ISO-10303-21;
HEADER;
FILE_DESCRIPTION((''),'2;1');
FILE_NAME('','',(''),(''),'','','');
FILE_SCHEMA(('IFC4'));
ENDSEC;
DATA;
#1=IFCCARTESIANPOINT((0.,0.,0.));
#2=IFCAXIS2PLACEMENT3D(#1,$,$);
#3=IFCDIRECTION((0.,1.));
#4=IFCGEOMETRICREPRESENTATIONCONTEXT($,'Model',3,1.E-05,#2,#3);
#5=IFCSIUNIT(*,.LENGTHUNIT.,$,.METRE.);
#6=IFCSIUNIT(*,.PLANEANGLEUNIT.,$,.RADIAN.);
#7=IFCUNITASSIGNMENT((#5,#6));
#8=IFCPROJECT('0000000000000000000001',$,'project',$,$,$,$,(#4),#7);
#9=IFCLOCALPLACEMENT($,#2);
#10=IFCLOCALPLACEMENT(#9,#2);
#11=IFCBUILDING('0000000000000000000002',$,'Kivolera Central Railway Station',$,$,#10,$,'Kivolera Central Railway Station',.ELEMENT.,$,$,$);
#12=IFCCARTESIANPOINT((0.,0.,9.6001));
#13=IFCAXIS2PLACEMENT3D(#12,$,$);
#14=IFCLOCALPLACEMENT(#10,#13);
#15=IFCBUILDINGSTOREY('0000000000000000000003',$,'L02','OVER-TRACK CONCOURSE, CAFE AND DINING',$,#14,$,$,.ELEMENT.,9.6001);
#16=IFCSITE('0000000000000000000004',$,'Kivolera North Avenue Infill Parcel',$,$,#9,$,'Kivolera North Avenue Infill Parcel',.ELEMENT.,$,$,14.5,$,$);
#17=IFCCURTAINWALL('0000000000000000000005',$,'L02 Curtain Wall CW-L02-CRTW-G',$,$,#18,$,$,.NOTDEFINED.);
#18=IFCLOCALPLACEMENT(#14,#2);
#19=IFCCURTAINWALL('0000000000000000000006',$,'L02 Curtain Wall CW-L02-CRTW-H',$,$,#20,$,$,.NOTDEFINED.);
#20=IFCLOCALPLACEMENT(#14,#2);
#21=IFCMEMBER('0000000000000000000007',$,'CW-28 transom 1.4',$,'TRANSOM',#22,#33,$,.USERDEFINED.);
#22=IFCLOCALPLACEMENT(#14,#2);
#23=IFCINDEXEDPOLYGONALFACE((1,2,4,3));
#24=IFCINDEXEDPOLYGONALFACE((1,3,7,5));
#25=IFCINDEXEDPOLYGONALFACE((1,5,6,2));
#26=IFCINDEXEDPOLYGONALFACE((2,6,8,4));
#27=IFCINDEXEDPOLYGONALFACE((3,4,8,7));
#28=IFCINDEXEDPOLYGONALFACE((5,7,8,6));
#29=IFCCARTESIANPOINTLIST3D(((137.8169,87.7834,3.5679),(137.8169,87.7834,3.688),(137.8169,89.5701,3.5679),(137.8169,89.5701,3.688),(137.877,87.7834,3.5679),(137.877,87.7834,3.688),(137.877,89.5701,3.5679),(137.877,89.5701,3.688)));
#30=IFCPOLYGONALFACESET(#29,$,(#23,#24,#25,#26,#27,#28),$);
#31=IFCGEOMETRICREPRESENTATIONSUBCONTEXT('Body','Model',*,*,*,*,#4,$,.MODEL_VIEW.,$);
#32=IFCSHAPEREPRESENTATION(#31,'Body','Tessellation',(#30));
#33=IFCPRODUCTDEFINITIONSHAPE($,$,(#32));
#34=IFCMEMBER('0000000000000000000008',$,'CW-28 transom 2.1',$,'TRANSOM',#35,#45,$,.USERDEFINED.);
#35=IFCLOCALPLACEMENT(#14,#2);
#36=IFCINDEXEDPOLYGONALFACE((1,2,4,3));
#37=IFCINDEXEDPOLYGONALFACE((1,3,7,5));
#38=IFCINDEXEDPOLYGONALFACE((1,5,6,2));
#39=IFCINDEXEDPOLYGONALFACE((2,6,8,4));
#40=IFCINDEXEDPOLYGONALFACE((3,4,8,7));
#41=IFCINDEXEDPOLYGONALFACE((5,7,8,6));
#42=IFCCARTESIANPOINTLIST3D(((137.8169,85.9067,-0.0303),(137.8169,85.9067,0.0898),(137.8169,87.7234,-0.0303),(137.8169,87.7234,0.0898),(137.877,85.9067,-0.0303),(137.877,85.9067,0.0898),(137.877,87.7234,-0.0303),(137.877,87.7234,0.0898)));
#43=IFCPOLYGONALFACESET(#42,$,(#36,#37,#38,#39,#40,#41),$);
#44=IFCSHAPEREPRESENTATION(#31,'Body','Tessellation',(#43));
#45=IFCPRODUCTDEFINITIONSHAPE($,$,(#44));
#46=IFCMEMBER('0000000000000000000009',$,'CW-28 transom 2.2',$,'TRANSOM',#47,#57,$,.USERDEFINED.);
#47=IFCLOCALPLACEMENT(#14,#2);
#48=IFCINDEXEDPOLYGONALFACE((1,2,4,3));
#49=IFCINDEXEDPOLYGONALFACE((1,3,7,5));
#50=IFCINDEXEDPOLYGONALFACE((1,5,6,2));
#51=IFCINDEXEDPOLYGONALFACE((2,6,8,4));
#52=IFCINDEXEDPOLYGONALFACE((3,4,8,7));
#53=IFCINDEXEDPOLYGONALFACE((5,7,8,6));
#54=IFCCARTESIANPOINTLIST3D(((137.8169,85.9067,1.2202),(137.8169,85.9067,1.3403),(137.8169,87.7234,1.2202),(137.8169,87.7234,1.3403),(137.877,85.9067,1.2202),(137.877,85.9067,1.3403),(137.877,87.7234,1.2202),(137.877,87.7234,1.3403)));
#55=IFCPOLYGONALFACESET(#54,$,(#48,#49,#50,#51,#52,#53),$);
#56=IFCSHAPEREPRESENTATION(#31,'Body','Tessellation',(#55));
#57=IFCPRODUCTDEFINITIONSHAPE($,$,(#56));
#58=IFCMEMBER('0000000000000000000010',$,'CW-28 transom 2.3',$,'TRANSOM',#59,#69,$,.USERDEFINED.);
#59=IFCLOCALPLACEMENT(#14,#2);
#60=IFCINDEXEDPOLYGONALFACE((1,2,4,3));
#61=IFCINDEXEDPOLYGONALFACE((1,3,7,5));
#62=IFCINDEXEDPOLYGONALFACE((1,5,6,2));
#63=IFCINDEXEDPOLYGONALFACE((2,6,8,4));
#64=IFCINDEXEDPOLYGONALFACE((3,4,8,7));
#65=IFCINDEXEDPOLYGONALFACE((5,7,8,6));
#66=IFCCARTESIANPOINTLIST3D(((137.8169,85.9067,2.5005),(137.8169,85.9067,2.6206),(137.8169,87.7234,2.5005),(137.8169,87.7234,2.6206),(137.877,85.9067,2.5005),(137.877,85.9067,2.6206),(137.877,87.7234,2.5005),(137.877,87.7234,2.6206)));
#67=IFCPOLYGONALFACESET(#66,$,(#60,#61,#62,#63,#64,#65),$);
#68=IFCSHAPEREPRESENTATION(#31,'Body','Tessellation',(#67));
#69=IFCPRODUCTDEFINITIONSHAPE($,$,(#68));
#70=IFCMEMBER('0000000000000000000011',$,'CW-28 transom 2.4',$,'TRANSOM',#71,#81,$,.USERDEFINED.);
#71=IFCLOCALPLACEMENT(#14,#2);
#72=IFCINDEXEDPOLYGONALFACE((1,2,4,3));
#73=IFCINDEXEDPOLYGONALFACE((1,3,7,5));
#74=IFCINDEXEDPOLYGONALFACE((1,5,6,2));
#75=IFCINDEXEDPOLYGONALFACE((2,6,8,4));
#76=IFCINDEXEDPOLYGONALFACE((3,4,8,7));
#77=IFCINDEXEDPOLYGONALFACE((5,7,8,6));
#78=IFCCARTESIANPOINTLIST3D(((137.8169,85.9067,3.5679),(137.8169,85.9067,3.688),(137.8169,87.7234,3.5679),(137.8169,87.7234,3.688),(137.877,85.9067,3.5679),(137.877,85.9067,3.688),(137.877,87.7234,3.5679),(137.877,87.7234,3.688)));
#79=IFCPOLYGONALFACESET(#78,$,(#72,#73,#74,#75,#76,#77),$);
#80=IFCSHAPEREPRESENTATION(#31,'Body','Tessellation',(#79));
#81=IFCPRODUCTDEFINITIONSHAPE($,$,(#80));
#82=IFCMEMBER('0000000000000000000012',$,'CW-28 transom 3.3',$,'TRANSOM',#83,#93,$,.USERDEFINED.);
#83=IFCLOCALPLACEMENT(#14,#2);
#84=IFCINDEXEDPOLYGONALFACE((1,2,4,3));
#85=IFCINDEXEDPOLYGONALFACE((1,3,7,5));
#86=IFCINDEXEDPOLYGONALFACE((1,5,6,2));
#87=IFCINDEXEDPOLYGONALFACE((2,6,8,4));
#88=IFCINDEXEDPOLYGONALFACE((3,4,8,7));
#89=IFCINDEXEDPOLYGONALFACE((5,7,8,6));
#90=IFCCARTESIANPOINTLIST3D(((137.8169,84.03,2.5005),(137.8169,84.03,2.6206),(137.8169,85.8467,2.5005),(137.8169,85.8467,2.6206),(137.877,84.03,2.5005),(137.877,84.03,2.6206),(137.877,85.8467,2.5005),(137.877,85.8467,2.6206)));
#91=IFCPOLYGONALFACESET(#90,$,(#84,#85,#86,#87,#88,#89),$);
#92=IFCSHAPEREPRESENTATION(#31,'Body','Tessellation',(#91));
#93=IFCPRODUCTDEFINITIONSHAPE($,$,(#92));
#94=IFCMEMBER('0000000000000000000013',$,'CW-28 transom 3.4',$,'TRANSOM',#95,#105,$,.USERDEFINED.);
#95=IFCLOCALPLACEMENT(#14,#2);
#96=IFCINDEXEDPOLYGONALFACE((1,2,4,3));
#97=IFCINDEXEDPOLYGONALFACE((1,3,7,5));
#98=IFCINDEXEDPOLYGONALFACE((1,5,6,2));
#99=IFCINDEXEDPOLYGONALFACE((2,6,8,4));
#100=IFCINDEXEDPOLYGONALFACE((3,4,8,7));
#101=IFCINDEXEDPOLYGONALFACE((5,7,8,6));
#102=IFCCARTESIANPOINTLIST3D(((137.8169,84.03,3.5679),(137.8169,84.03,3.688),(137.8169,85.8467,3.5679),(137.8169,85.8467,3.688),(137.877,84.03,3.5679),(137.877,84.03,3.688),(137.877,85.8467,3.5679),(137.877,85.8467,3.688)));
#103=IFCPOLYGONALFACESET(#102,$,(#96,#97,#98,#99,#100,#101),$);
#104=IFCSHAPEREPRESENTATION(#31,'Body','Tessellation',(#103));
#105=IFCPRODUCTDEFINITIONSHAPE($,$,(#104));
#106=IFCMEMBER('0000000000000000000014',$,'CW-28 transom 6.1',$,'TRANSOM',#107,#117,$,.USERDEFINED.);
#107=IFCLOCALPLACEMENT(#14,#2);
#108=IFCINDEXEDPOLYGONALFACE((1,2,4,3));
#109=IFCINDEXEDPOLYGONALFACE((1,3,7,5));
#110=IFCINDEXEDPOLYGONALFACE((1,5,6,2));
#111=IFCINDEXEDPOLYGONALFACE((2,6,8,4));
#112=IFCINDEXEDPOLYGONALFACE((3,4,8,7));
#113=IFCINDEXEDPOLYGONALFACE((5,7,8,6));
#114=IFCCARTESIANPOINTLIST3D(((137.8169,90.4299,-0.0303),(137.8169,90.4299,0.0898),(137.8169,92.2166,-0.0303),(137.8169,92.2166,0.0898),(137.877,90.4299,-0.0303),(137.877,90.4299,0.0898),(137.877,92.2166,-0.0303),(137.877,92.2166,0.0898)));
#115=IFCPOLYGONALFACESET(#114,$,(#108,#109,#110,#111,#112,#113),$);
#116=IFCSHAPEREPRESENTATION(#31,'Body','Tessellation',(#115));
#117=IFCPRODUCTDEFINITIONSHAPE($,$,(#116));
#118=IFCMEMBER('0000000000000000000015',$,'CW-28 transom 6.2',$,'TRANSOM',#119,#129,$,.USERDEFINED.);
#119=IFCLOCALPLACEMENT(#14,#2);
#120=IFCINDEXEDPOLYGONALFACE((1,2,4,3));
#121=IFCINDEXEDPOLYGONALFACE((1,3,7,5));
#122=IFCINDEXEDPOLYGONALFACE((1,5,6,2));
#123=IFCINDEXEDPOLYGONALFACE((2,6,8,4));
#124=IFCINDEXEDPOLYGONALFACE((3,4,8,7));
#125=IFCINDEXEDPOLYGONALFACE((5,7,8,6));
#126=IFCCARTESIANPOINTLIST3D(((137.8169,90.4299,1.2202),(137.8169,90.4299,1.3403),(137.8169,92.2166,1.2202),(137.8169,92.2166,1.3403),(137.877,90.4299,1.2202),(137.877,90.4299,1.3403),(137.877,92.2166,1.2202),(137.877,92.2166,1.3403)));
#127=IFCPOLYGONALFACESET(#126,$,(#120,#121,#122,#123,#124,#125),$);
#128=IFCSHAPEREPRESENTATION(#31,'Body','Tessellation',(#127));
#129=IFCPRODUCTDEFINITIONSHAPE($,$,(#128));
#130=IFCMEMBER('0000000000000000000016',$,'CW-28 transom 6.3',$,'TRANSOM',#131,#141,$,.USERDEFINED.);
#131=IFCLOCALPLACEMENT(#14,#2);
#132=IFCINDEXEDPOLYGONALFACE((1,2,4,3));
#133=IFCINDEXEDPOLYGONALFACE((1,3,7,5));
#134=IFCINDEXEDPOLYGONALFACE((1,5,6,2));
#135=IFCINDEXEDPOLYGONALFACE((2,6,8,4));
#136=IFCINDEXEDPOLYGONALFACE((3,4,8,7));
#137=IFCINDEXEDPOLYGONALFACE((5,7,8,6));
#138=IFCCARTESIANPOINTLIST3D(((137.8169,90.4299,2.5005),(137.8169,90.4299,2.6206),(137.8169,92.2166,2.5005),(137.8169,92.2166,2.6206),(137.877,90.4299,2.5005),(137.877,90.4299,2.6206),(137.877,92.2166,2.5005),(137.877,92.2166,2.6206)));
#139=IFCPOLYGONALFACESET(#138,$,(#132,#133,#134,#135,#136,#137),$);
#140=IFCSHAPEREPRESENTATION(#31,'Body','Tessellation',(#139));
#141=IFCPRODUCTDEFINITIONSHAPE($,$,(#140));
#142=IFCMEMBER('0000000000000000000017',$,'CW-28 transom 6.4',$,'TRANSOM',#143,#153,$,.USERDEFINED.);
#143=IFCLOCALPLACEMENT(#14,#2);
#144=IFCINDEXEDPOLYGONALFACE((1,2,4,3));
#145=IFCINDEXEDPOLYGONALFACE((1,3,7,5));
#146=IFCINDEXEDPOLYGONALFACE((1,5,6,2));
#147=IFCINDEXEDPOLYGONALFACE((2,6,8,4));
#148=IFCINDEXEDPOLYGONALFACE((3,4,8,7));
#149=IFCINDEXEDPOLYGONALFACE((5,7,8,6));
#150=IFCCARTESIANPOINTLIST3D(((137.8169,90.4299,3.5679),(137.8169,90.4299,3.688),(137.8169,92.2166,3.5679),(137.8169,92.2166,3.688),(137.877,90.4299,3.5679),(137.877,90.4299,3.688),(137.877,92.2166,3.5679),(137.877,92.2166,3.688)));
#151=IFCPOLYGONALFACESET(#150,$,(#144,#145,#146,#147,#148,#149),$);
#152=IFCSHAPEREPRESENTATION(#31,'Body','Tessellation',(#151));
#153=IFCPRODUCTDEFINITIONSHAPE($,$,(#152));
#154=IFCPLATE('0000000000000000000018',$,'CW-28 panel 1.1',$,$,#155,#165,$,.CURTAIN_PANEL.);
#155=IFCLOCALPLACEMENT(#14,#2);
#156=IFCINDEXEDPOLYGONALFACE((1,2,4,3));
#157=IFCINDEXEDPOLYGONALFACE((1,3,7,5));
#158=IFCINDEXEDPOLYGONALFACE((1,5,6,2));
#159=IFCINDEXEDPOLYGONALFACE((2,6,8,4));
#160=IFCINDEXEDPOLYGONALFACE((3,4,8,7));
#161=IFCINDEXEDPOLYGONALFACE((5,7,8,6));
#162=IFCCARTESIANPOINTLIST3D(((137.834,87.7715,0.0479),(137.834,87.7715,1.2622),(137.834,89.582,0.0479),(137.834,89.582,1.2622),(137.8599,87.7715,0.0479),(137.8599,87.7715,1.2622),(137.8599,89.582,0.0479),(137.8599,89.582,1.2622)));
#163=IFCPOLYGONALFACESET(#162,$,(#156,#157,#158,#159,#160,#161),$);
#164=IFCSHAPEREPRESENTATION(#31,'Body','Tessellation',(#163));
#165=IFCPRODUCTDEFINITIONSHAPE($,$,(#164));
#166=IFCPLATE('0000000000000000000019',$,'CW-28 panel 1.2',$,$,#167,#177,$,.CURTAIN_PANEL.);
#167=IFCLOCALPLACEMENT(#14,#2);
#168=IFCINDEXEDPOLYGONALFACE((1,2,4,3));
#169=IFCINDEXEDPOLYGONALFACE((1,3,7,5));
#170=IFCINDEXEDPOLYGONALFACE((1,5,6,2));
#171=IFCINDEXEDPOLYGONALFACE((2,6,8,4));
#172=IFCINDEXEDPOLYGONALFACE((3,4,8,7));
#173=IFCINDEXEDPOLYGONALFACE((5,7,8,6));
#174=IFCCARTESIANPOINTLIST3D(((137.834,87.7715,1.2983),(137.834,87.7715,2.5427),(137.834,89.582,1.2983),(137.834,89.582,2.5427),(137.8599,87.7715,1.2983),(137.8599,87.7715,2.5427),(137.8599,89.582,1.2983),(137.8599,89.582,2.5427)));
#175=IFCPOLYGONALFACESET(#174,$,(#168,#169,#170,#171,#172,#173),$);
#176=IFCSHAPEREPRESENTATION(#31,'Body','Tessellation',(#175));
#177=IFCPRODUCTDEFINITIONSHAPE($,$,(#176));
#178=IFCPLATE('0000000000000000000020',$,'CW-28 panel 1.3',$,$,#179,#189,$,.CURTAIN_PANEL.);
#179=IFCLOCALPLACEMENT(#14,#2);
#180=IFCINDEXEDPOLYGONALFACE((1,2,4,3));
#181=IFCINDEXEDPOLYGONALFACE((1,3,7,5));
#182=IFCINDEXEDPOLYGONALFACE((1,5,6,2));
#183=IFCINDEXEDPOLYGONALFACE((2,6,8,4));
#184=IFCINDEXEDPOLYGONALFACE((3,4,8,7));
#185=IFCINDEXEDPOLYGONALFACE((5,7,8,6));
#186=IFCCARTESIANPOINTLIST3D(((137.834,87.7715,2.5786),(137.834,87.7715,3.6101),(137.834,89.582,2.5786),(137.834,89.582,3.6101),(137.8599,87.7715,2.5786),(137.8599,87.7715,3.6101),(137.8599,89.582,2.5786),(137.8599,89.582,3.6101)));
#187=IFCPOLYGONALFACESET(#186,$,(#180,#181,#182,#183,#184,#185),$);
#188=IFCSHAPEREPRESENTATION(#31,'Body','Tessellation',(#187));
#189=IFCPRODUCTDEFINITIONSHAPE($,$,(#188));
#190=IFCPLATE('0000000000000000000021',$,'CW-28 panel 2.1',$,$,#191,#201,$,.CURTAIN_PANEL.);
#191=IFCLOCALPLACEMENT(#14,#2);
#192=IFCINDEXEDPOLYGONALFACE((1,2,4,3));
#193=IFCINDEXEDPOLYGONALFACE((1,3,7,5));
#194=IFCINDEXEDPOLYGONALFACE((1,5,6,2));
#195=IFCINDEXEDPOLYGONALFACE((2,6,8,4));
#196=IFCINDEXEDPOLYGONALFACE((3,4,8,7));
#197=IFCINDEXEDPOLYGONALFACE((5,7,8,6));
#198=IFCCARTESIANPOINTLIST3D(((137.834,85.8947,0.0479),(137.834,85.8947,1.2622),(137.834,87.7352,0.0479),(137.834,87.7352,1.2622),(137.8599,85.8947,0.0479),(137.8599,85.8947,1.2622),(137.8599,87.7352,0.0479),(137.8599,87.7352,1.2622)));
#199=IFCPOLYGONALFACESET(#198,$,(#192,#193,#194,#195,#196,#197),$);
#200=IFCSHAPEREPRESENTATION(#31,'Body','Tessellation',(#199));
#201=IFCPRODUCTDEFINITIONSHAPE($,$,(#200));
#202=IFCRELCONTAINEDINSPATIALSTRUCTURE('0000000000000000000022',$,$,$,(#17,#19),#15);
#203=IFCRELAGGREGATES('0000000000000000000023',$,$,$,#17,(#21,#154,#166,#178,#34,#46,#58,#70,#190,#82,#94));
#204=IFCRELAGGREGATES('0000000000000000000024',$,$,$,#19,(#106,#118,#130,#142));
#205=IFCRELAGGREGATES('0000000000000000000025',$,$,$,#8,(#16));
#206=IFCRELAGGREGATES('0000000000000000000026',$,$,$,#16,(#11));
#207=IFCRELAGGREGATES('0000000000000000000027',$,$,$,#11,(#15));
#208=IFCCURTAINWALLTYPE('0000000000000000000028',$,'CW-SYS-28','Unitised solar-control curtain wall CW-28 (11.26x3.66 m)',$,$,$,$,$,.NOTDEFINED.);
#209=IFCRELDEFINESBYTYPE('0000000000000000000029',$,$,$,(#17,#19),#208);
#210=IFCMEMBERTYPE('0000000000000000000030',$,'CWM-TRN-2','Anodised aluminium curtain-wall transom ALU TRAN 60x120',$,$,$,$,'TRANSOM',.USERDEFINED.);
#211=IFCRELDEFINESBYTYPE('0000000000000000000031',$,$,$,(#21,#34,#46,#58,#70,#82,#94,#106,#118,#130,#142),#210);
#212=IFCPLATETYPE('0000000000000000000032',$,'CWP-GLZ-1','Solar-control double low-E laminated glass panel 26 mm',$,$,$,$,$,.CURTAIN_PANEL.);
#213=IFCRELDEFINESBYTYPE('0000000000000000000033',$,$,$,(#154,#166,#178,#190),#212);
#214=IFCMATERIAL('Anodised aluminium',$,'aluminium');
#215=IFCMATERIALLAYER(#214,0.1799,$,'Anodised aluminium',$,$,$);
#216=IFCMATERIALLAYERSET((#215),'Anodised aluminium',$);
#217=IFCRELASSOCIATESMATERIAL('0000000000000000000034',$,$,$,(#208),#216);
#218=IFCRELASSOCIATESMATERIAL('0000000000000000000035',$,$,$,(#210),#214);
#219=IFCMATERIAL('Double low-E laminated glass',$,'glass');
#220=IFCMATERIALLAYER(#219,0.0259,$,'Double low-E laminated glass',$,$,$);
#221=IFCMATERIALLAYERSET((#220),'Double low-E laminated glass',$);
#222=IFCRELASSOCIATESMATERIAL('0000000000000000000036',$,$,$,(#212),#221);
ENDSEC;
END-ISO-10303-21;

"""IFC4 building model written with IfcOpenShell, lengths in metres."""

from ifc_helpers import new_model, si_unit, direction, frame, origin, origin_2d, place, context, subcontext, project, spatial, rectangle, extrude, material, layer, layer_set, material_profile, profile_set, type_object, element, aggregate, save


model = new_model("IFC4")

# Units and contexts
model_context = context("Model", 3, precision=1e-05, world=origin(), true_north=direction((0.0, 1.0)))
body_context = subcontext(model_context, "Body", "Model", "MODEL_VIEW")
ifc_project = project(units=[si_unit("LENGTHUNIT", "METRE"), si_unit("PLANEANGLEUNIT", "RADIAN")], contexts=[model_context])

# Site, building, storey
site_placement = place(None, origin())
site = spatial("IfcSite", under=ifc_project, at=site_placement, Name="Kivolera North Avenue Infill Parcel", LongName="Kivolera North Avenue Infill Parcel", CompositionType="ELEMENT", RefElevation=14.5)
building_placement = place(site_placement, origin())
building = spatial("IfcBuilding", under=site, at=building_placement, Name="Kivolera Central Railway Station", LongName="Kivolera Central Railway Station", CompositionType="ELEMENT")
storey_placement = place(building_placement, frame((0.0, 0.0, 9.6001)))
storey = spatial("IfcBuildingStorey", under=building, at=storey_placement, Name="L02", Description="OVER-TRACK CONCOURSE, CAFE AND DINING", CompositionType="ELEMENT", Elevation=9.6001)

# Curtain walls
ifc_material_1 = material(Name="Anodised aluminium", Category="aluminium")
ifc_layer_1 = layer(ifc_material_1, 0.1799, Name="Anodised aluminium")
ifc_layer_set_1 = layer_set([ifc_layer_1], Name="Anodised aluminium")
curtain_wall_type = type_object("IfcCurtainWallType", Name="CW-SYS-28", Description="Unitised solar-control curtain wall CW-28 (11.26x3.66 m)", PredefinedType="NOTDEFINED", material=ifc_layer_set_1)
curtain_wall_1_placement = place(storey_placement, origin())
curtain_wall_1 = element("IfcCurtainWall", 1, at=curtain_wall_1_placement, inside=storey, type_object=curtain_wall_type, Name="L02 Curtain Wall CW-L02-CRTW-G", PredefinedType="NOTDEFINED")
curtain_wall_2_placement = place(storey_placement, origin())
curtain_wall_2 = element("IfcCurtainWall", 2, at=curtain_wall_2_placement, inside=storey, type_object=curtain_wall_type, Name="L02 Curtain Wall CW-L02-CRTW-H", PredefinedType="NOTDEFINED")

# Members
ifc_material_profile_1 = material_profile(ifc_material_1, rectangle(XDim=0.0601, YDim=0.1201, at=origin_2d()), Name="ALU TRAN 60x120")
ifc_profile_set_1 = profile_set([ifc_material_profile_1], Name="Anodised aluminium")
member_type_1 = type_object("IfcMemberType", Name="CWM-TRN-2", Description="Anodised aluminium curtain-wall transom ALU TRAN 60x120", ElementType="TRANSOM", PredefinedType="USERDEFINED", material=ifc_profile_set_1)
member_1_placement = place(storey_placement, frame((137.8469, 89.5701, 3.6279), z_axis=(0.0, -1.0, 0.0), x_axis=(1.0, 0.0, 0.0)))
member_1 = element("IfcMember", 3, at=member_1_placement, type_object=member_type_1, Name="CW-28 transom 1.4", ObjectType="TRANSOM", PredefinedType="USERDEFINED", context=body_context, shape_type="SweptSolid", body=[
    extrude(rectangle(XDim=0.0601, YDim=0.1201, at=origin_2d()), origin(), (0.0, 0.0, 1.0), 1.7866),
])
member_2_placement = place(storey_placement, frame((137.8469, 87.7234, 0.0298), z_axis=(0.0, -1.0, 0.0), x_axis=(1.0, 0.0, 0.0)))
member_2 = element("IfcMember", 4, at=member_2_placement, type_object=member_type_1, Name="CW-28 transom 2.1", ObjectType="TRANSOM", PredefinedType="USERDEFINED", context=body_context, shape_type="SweptSolid", body=[
    extrude(rectangle(XDim=0.0601, YDim=0.1201, at=origin_2d()), origin(), (0.0, 0.0, 1.0), 1.8167),
])
member_3_placement = place(storey_placement, frame((137.8469, 87.7234, 1.2803), z_axis=(0.0, -1.0, 0.0), x_axis=(1.0, 0.0, 0.0)))
member_3 = element("IfcMember", 5, at=member_3_placement, type_object=member_type_1, Name="CW-28 transom 2.2", ObjectType="TRANSOM", PredefinedType="USERDEFINED", context=body_context, shape_type="SweptSolid", body=[
    extrude(rectangle(XDim=0.0601, YDim=0.1201, at=origin_2d()), origin(), (0.0, 0.0, 1.0), 1.8167),
])
member_4_placement = place(storey_placement, frame((137.8469, 87.7234, 2.5605), z_axis=(0.0, -1.0, 0.0), x_axis=(1.0, 0.0, 0.0)))
member_4 = element("IfcMember", 6, at=member_4_placement, type_object=member_type_1, Name="CW-28 transom 2.3", ObjectType="TRANSOM", PredefinedType="USERDEFINED", context=body_context, shape_type="SweptSolid", body=[
    extrude(rectangle(XDim=0.0601, YDim=0.1201, at=origin_2d()), origin(), (0.0, 0.0, 1.0), 1.8167),
])
member_5_placement = place(storey_placement, frame((137.8469, 87.7234, 3.6279), z_axis=(0.0, -1.0, 0.0), x_axis=(1.0, 0.0, 0.0)))
member_5 = element("IfcMember", 7, at=member_5_placement, type_object=member_type_1, Name="CW-28 transom 2.4", ObjectType="TRANSOM", PredefinedType="USERDEFINED", context=body_context, shape_type="SweptSolid", body=[
    extrude(rectangle(XDim=0.0601, YDim=0.1201, at=origin_2d()), origin(), (0.0, 0.0, 1.0), 1.8167),
])
member_6_placement = place(storey_placement, frame((137.8469, 85.8467, 2.5605), z_axis=(0.0, -1.0, 0.0), x_axis=(1.0, 0.0, 0.0)))
member_6 = element("IfcMember", 8, at=member_6_placement, type_object=member_type_1, Name="CW-28 transom 3.3", ObjectType="TRANSOM", PredefinedType="USERDEFINED", context=body_context, shape_type="SweptSolid", body=[
    extrude(rectangle(XDim=0.0601, YDim=0.1201, at=origin_2d()), origin(), (0.0, 0.0, 1.0), 1.8167),
])
member_7_placement = place(storey_placement, frame((137.8469, 85.8467, 3.6279), z_axis=(0.0, -1.0, 0.0), x_axis=(1.0, 0.0, 0.0)))
member_7 = element("IfcMember", 9, at=member_7_placement, type_object=member_type_1, Name="CW-28 transom 3.4", ObjectType="TRANSOM", PredefinedType="USERDEFINED", context=body_context, shape_type="SweptSolid", body=[
    extrude(rectangle(XDim=0.0601, YDim=0.1201, at=origin_2d()), origin(), (0.0, 0.0, 1.0), 1.8167),
])
member_8_placement = place(storey_placement, frame((137.8469, 92.2166, 0.0298), z_axis=(0.0, -1.0, 0.0), x_axis=(1.0, 0.0, 0.0)))
member_8 = element("IfcMember", 10, at=member_8_placement, type_object=member_type_1, Name="CW-28 transom 6.1", ObjectType="TRANSOM", PredefinedType="USERDEFINED", context=body_context, shape_type="SweptSolid", body=[
    extrude(rectangle(XDim=0.0601, YDim=0.1201, at=origin_2d()), origin(), (0.0, 0.0, 1.0), 1.7866),
])
member_9_placement = place(storey_placement, frame((137.8469, 92.2166, 1.2803), z_axis=(0.0, -1.0, 0.0), x_axis=(1.0, 0.0, 0.0)))
member_9 = element("IfcMember", 11, at=member_9_placement, type_object=member_type_1, Name="CW-28 transom 6.2", ObjectType="TRANSOM", PredefinedType="USERDEFINED", context=body_context, shape_type="SweptSolid", body=[
    extrude(rectangle(XDim=0.0601, YDim=0.1201, at=origin_2d()), origin(), (0.0, 0.0, 1.0), 1.7866),
])
member_10_placement = place(storey_placement, frame((137.8469, 92.2166, 2.5605), z_axis=(0.0, -1.0, 0.0), x_axis=(1.0, 0.0, 0.0)))
member_10 = element("IfcMember", 12, at=member_10_placement, type_object=member_type_1, Name="CW-28 transom 6.3", ObjectType="TRANSOM", PredefinedType="USERDEFINED", context=body_context, shape_type="SweptSolid", body=[
    extrude(rectangle(XDim=0.0601, YDim=0.1201, at=origin_2d()), origin(), (0.0, 0.0, 1.0), 1.7866),
])
member_11_placement = place(storey_placement, frame((137.8469, 92.2166, 3.6279), z_axis=(0.0, -1.0, 0.0), x_axis=(1.0, 0.0, 0.0)))
member_11 = element("IfcMember", 13, at=member_11_placement, type_object=member_type_1, Name="CW-28 transom 6.4", ObjectType="TRANSOM", PredefinedType="USERDEFINED", context=body_context, shape_type="SweptSolid", body=[
    extrude(rectangle(XDim=0.0601, YDim=0.1201, at=origin_2d()), origin(), (0.0, 0.0, 1.0), 1.7866),
])

# Plates
ifc_material_2 = material(Name="Double low-E laminated glass", Category="glass")
ifc_layer_2 = layer(ifc_material_2, 0.0259, Name="Double low-E laminated glass")
ifc_layer_set_2 = layer_set([ifc_layer_2], Name="Double low-E laminated glass")
plate_type = type_object("IfcPlateType", Name="CWP-GLZ-1", Description="Solar-control double low-E laminated glass panel 26 mm", PredefinedType="CURTAIN_PANEL", material=ifc_layer_set_2)
plate_1_placement = place(storey_placement, frame((137.8469, 88.6768, 0.0479), z_axis=(0.0, 0.0, 1.0), x_axis=(0.0, -1.0, 0.0)))
plate_1 = element("IfcPlate", 14, at=plate_1_placement, type_object=plate_type, Name="CW-28 panel 1.1", PredefinedType="CURTAIN_PANEL", context=body_context, shape_type="SweptSolid", body=[
    extrude(rectangle(XDim=1.8105, YDim=0.0259, at=origin_2d()), origin(), (0.0, 0.0, 1.0), 1.2144),
])
plate_2_placement = place(storey_placement, frame((137.8469, 88.6768, 1.2983), z_axis=(0.0, 0.0, 1.0), x_axis=(0.0, -1.0, 0.0)))
plate_2 = element("IfcPlate", 15, at=plate_2_placement, type_object=plate_type, Name="CW-28 panel 1.2", PredefinedType="CURTAIN_PANEL", context=body_context, shape_type="SweptSolid", body=[
    extrude(rectangle(XDim=1.8105, YDim=0.0259, at=origin_2d()), origin(), (0.0, 0.0, 1.0), 1.2444),
])
plate_3_placement = place(storey_placement, frame((137.8469, 88.6768, 2.5786), z_axis=(0.0, 0.0, 1.0), x_axis=(0.0, -1.0, 0.0)))
plate_3 = element("IfcPlate", 16, at=plate_3_placement, type_object=plate_type, Name="CW-28 panel 1.3", PredefinedType="CURTAIN_PANEL", context=body_context, shape_type="SweptSolid", body=[
    extrude(rectangle(XDim=1.8105, YDim=0.0259, at=origin_2d()), origin(), (0.0, 0.0, 1.0), 1.0315),
])
plate_4_placement = place(storey_placement, frame((137.8469, 86.8149, 0.0479), z_axis=(0.0, 0.0, 1.0), x_axis=(0.0, -1.0, 0.0)))
plate_4 = element("IfcPlate", 17, at=plate_4_placement, type_object=plate_type, Name="CW-28 panel 2.1", PredefinedType="CURTAIN_PANEL", context=body_context, shape_type="SweptSolid", body=[
    extrude(rectangle(XDim=1.8406, YDim=0.0259, at=origin_2d()), origin(), (0.0, 0.0, 1.0), 1.2144),
])
aggregate(curtain_wall_1, [member_1, plate_1, plate_2, plate_3, member_2, member_3, member_4, member_5, plate_4, member_6, member_7])
aggregate(curtain_wall_2, [member_8, member_9, member_10, member_11])

save(model, "model.ifc")
